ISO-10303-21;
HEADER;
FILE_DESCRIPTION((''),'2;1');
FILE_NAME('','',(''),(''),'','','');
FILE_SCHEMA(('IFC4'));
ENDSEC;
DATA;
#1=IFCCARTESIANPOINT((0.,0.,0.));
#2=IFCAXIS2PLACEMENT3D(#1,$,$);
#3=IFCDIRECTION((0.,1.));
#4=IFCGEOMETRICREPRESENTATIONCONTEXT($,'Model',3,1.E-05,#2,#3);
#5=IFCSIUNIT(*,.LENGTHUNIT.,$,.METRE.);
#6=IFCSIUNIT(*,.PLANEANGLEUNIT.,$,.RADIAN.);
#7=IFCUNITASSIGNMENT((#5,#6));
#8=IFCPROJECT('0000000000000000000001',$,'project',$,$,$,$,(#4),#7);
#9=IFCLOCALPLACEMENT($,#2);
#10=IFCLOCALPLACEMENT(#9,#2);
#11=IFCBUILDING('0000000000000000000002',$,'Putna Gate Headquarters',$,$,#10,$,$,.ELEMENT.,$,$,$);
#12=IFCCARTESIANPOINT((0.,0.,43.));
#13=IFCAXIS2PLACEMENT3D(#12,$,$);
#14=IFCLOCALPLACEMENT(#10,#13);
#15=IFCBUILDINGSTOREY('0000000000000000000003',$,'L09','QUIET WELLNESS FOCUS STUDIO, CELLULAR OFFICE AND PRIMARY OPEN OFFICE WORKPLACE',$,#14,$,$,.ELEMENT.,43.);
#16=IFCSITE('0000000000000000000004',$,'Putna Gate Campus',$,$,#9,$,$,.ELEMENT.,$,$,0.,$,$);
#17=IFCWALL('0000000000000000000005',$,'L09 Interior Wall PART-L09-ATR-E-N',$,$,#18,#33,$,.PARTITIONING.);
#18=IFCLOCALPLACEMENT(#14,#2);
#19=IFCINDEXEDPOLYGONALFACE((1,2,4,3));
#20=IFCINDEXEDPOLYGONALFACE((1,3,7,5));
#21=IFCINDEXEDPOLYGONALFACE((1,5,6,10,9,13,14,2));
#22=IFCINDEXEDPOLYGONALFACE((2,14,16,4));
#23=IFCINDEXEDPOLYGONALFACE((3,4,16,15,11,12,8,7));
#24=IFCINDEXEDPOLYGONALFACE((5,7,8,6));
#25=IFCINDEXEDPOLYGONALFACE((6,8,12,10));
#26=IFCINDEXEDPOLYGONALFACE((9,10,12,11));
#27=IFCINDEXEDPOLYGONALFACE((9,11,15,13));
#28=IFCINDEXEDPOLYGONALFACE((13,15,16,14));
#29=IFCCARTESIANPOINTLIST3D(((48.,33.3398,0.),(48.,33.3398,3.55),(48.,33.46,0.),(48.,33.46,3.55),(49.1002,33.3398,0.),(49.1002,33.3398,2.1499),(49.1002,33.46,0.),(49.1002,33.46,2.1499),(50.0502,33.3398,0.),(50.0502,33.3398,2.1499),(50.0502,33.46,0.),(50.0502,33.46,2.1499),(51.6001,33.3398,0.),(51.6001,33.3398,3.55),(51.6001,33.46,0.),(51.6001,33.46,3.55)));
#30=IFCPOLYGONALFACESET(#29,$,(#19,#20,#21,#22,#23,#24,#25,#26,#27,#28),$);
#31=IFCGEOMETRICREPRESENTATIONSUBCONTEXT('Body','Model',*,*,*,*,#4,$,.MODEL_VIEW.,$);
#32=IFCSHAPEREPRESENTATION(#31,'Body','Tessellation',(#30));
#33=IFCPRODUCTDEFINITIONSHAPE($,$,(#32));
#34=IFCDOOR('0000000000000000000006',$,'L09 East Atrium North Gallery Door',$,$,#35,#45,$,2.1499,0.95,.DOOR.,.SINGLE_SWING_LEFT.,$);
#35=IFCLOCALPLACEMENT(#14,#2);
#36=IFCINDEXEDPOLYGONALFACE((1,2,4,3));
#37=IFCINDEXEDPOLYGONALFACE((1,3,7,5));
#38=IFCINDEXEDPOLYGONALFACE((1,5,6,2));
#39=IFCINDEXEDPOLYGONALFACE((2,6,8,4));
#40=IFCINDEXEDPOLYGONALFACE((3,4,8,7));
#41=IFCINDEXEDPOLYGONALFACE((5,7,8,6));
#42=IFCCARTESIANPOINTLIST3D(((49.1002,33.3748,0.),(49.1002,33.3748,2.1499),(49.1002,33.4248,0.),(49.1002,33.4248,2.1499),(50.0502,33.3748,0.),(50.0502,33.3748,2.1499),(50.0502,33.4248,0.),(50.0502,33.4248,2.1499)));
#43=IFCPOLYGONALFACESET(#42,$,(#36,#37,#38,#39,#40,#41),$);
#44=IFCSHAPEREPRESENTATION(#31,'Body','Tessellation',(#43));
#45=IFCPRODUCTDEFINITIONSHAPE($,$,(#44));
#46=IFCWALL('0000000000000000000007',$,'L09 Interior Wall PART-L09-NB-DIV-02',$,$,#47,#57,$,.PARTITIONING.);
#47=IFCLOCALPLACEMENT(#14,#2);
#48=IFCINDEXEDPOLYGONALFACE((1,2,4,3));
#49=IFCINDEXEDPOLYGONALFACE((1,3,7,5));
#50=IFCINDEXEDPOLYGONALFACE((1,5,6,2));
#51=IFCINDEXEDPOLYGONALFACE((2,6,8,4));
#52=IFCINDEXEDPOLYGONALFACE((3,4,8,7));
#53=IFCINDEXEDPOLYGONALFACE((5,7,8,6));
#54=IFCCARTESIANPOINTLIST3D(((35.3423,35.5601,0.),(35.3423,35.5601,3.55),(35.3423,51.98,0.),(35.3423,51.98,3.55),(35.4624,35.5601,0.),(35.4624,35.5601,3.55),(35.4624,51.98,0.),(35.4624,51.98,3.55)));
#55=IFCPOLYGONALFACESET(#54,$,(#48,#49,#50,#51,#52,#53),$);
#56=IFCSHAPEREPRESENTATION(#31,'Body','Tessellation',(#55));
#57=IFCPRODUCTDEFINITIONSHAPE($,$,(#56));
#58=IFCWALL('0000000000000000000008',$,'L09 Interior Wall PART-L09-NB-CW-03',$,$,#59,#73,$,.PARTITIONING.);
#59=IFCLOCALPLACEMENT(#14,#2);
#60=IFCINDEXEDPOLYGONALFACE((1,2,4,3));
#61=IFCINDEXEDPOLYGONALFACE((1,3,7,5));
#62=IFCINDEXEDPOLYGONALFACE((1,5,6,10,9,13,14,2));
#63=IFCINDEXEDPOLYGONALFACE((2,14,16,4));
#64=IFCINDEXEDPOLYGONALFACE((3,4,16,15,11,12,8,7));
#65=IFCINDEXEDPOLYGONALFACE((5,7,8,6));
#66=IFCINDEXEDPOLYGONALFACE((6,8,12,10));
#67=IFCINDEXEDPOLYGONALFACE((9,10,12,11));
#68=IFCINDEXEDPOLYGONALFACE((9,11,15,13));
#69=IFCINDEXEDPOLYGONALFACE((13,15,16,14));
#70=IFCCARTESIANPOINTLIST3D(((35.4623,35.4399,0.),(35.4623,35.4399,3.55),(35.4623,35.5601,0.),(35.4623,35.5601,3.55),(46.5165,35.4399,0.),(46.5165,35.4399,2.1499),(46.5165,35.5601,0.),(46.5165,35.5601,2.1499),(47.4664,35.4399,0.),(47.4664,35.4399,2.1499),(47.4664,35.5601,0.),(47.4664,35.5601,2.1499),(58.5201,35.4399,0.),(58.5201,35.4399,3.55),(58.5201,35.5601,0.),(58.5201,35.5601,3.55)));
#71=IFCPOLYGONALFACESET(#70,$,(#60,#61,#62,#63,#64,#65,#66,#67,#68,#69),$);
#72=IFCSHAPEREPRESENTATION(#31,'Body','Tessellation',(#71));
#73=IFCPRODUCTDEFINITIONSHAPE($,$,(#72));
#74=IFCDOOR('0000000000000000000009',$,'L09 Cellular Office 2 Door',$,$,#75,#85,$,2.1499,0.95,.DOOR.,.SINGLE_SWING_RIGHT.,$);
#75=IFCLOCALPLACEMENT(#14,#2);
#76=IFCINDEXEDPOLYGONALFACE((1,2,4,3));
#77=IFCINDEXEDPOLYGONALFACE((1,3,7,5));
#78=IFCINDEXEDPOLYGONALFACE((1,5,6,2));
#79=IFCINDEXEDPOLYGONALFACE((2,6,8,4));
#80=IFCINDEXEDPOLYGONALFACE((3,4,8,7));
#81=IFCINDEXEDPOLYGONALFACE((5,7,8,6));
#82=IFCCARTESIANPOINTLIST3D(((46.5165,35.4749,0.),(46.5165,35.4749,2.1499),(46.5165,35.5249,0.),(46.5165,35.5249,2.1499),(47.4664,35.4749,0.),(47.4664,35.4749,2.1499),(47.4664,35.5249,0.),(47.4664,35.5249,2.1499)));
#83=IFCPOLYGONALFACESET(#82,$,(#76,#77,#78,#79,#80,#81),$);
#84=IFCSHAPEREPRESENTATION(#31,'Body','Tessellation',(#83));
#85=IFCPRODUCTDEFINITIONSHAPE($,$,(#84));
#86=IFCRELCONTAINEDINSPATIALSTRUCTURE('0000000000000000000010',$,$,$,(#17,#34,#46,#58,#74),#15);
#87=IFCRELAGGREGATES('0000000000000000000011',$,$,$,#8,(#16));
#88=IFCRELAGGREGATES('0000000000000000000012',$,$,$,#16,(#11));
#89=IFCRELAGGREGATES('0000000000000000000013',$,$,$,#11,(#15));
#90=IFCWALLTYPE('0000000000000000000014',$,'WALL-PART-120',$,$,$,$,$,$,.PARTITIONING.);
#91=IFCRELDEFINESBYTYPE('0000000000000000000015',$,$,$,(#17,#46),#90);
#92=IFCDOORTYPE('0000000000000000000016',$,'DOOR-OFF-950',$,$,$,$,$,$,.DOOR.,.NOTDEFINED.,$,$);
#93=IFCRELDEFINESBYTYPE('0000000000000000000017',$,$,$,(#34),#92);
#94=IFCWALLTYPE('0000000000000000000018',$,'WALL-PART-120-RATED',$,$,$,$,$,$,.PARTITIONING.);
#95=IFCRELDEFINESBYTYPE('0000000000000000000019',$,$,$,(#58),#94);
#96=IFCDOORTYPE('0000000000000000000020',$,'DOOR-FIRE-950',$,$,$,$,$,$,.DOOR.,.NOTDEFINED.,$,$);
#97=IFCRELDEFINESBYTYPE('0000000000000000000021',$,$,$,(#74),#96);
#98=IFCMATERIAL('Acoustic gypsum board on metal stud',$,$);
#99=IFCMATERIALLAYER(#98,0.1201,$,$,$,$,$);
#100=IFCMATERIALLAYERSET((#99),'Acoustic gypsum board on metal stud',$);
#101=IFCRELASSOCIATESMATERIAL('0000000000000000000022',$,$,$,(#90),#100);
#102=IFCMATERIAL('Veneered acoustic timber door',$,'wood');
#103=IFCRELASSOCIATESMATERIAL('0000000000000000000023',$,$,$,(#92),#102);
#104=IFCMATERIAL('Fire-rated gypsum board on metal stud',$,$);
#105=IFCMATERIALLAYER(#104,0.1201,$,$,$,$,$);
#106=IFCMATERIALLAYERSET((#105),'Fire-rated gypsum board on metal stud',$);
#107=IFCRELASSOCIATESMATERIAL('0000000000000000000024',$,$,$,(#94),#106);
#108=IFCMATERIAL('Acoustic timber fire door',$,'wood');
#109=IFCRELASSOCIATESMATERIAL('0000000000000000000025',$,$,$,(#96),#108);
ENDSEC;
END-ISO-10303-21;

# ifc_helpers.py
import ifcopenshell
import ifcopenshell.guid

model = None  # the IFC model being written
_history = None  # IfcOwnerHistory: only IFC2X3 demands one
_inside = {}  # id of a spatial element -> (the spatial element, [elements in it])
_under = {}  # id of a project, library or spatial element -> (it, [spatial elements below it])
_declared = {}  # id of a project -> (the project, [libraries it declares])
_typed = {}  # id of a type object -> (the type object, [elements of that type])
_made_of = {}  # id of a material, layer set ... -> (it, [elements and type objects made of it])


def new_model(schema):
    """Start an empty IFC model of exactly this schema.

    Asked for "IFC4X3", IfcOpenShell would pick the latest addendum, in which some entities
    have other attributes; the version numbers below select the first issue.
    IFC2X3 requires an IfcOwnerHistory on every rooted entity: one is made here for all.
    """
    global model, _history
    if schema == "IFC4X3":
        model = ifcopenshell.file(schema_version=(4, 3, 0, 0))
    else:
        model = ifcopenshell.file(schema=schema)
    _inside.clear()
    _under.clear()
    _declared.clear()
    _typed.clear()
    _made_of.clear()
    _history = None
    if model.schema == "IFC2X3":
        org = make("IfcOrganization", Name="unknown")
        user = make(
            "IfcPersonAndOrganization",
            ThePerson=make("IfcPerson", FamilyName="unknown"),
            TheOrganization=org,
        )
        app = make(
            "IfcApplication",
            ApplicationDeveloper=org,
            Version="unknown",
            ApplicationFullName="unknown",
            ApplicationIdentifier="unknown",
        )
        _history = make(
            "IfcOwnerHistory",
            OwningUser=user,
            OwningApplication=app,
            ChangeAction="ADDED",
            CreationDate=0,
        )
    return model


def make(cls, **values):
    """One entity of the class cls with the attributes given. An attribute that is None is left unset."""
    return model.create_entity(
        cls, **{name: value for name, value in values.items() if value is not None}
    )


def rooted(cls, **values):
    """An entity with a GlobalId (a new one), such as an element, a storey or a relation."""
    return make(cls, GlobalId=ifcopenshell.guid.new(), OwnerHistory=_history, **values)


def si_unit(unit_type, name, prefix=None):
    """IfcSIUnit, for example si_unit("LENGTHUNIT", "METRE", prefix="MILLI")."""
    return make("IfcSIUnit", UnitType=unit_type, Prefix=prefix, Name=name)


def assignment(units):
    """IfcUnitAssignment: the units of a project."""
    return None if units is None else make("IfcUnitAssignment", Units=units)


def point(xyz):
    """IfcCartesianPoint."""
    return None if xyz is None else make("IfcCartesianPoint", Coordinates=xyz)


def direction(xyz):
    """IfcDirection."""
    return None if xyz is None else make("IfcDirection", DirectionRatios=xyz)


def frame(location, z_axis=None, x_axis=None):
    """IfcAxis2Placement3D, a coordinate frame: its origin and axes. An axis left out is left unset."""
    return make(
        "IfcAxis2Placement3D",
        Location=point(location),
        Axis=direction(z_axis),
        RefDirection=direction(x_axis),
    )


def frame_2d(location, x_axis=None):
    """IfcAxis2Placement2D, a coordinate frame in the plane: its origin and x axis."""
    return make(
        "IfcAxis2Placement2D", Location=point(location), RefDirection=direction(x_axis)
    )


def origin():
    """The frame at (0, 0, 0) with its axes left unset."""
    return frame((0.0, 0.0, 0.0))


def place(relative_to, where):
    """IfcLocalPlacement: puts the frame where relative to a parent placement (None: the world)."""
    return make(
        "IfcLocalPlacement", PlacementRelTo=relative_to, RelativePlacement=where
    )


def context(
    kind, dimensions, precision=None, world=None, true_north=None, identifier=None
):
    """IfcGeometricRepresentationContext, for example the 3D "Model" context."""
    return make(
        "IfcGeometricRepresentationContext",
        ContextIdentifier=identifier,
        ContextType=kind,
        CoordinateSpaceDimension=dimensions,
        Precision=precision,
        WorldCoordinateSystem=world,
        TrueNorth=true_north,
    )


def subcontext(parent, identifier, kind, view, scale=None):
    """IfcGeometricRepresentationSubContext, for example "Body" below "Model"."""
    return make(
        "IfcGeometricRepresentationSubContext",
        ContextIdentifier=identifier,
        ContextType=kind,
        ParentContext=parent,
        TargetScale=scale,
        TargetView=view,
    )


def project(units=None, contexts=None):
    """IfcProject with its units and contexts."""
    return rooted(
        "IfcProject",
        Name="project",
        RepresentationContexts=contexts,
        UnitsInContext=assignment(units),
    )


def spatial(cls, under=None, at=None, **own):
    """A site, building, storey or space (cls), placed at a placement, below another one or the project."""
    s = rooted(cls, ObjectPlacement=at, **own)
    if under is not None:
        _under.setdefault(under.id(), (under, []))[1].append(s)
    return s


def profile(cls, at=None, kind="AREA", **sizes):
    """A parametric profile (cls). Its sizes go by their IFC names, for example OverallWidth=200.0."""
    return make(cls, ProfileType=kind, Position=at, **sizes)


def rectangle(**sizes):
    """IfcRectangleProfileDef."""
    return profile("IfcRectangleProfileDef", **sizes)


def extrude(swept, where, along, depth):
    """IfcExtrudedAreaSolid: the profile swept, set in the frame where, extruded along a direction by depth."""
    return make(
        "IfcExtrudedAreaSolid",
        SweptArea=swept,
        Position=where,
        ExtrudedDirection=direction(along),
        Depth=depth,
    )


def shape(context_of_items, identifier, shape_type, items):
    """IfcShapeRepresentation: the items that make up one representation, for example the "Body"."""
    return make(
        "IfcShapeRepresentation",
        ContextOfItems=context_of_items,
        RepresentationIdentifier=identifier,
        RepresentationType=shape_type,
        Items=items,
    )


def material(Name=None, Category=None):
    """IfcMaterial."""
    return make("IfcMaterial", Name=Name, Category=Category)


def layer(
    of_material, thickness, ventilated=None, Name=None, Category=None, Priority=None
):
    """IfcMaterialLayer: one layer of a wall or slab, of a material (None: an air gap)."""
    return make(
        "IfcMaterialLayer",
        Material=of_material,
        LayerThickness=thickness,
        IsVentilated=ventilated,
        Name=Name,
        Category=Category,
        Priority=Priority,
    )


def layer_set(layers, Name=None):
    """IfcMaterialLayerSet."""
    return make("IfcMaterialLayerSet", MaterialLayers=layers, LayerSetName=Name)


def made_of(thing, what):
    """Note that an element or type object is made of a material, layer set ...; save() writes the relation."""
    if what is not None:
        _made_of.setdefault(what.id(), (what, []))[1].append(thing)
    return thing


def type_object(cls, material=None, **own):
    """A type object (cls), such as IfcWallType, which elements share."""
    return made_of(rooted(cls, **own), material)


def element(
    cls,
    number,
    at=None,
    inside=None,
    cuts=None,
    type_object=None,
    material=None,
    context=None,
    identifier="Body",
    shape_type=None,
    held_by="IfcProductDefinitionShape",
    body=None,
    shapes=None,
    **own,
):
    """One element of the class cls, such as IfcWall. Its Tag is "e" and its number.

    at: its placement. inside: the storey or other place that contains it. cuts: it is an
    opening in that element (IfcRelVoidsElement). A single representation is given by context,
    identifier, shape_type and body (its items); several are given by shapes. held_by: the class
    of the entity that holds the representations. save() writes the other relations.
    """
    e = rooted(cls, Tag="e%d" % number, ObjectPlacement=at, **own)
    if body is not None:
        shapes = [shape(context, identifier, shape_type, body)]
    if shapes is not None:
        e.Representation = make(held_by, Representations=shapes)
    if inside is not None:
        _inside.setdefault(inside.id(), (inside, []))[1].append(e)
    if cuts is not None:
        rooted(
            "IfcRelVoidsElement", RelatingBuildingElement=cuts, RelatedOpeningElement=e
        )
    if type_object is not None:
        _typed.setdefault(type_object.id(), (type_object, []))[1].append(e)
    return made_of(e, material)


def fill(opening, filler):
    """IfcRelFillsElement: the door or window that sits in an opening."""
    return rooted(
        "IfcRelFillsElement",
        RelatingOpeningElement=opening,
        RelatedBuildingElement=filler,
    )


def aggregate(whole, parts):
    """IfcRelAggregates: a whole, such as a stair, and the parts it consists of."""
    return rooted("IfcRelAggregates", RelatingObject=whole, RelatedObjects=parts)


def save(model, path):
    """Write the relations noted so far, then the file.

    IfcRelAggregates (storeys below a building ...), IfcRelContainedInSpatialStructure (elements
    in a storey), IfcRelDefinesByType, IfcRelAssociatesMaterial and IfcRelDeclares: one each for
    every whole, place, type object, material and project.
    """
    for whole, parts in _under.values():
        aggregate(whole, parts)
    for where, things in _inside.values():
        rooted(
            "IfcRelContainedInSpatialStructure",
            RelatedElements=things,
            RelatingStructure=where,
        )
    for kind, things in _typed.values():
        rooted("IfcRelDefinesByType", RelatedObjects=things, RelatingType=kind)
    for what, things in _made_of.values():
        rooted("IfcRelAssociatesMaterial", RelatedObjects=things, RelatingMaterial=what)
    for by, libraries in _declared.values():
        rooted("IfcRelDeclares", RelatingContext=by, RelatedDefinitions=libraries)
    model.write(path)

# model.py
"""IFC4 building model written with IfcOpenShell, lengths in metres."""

from ifc_helpers import new_model, si_unit, direction, frame, frame_2d, origin, place, context, subcontext, project, spatial, rectangle, extrude, material, layer, layer_set, type_object, element, fill, save


model = new_model("IFC4")

# Units and contexts
model_context = context("Model", 3, precision=1e-05, world=origin(), true_north=direction((0.0, 1.0)))
body_context = subcontext(model_context, "Body", "Model", "MODEL_VIEW")
ifc_project = project(units=[si_unit("LENGTHUNIT", "METRE"), si_unit("PLANEANGLEUNIT", "RADIAN")], contexts=[model_context])

# Site, building, storey
site_placement = place(None, origin())
site = spatial("IfcSite", under=ifc_project, at=site_placement, Name="Putna Gate Campus", CompositionType="ELEMENT", RefElevation=0.0)
building_placement = place(site_placement, origin())
building = spatial("IfcBuilding", under=site, at=building_placement, Name="Putna Gate Headquarters", CompositionType="ELEMENT")
storey_placement = place(building_placement, frame((0.0, 0.0, 43.0)))
storey = spatial("IfcBuildingStorey", under=building, at=storey_placement, Name="L09", Description="QUIET WELLNESS FOCUS STUDIO, CELLULAR OFFICE AND PRIMARY OPEN OFFICE WORKPLACE", CompositionType="ELEMENT", Elevation=43.0)

# Shared definitions
ifc_material_1 = material(Name="Acoustic gypsum board on metal stud")
ifc_layer_1 = layer(ifc_material_1, 0.1201)
ifc_layer_set_1 = layer_set([ifc_layer_1], Name="Acoustic gypsum board on metal stud")
wall_type_1 = type_object("IfcWallType", Name="WALL-PART-120", PredefinedType="PARTITIONING", material=ifc_layer_set_1)

# Wall, opening, door
wall_1_placement = place(storey_placement, frame((48.0, 33.3999, 0.0), z_axis=(0.0, 0.0, 1.0), x_axis=(1.0, 0.0, 0.0)))
wall_1 = element("IfcWall", 1, at=wall_1_placement, inside=storey, type_object=wall_type_1, Name="L09 Interior Wall PART-L09-ATR-E-N", PredefinedType="PARTITIONING", context=body_context, shape_type="SweptSolid", body=[
    extrude(rectangle(XDim=3.6001, YDim=0.1201, at=frame_2d((1.8, 0.0))), origin(), (0.0, 0.0, 1.0), 3.55),
])
opening_1_placement = place(wall_1_placement, frame((1.1001, 0.0, 0.0)))
opening_1 = element("IfcOpeningElement", 2, at=opening_1_placement, cuts=wall_1, PredefinedType="OPENING", context=body_context, shape_type="SweptSolid", body=[
    extrude(rectangle(XDim=0.95, YDim=2.1499, at=frame_2d((0.4751, 1.075))), frame((0.0, 0.0701, 0.0), z_axis=(0.0, -1.0, 0.0), x_axis=(1.0, 0.0, 0.0)), (0.0, 0.0, 1.0), 0.1401),
])
ifc_material_2 = material(Name="Veneered acoustic timber door", Category="wood")
door_type_1 = type_object("IfcDoorType", Name="DOOR-OFF-950", OperationType="NOTDEFINED", PredefinedType="DOOR", material=ifc_material_2)
door_1_placement = place(opening_1_placement, origin())
door_1 = element("IfcDoor", 3, at=door_1_placement, inside=storey, type_object=door_type_1, Name="L09 East Atrium North Gallery Door", OperationType="SINGLE_SWING_LEFT", OverallHeight=2.1499, OverallWidth=0.95, PredefinedType="DOOR", context=body_context, shape_type="SweptSolid", body=[
    extrude(rectangle(XDim=0.95, YDim=2.1499, at=frame_2d((0.4751, 1.075))), frame((0.0, 0.0249, 0.0), z_axis=(0.0, -1.0, 0.0), x_axis=(1.0, 0.0, 0.0)), (0.0, 0.0, 1.0), 0.05),
])
fill(opening_1, door_1)

# Wall
wall_2_placement = place(storey_placement, frame((35.4023, 35.5601, 0.0), z_axis=(0.0, 0.0, 1.0), x_axis=(0.0, 1.0, 0.0)))
element("IfcWall", 4, at=wall_2_placement, inside=storey, type_object=wall_type_1, Name="L09 Interior Wall PART-L09-NB-DIV-02", PredefinedType="PARTITIONING", context=body_context, shape_type="SweptSolid", body=[
    extrude(rectangle(XDim=16.4199, YDim=0.1201, at=frame_2d((8.21, 0.0))), origin(), (0.0, 0.0, 1.0), 3.55),
])

# Wall, opening, door
ifc_material_3 = material(Name="Fire-rated gypsum board on metal stud")
ifc_layer_2 = layer(ifc_material_3, 0.1201)
ifc_layer_set_2 = layer_set([ifc_layer_2], Name="Fire-rated gypsum board on metal stud")
wall_type_2 = type_object("IfcWallType", Name="WALL-PART-120-RATED", PredefinedType="PARTITIONING", material=ifc_layer_set_2)
wall_3_placement = place(storey_placement, frame((35.4624, 35.5, 0.0), z_axis=(0.0, 0.0, 1.0), x_axis=(1.0, 0.0, 0.0)))
wall_3 = element("IfcWall", 5, at=wall_3_placement, inside=storey, type_object=wall_type_2, Name="L09 Interior Wall PART-L09-NB-CW-03", PredefinedType="PARTITIONING", context=body_context, shape_type="SweptSolid", body=[
    extrude(rectangle(XDim=23.0579, YDim=0.1201, at=frame_2d((11.5288, 0.0))), origin(), (0.0, 0.0, 1.0), 3.55),
])
opening_2_placement = place(wall_3_placement, frame((11.054, 0.0, 0.0)))
opening_2 = element("IfcOpeningElement", 6, at=opening_2_placement, cuts=wall_3, PredefinedType="OPENING", context=body_context, shape_type="SweptSolid", body=[
    extrude(rectangle(XDim=0.95, YDim=2.1499, at=frame_2d((0.4751, 1.075))), frame((0.0, 0.0701, 0.0), z_axis=(0.0, -1.0, 0.0), x_axis=(1.0, 0.0, 0.0)), (0.0, 0.0, 1.0), 0.1401),
])
ifc_material_4 = material(Name="Acoustic timber fire door", Category="wood")
door_type_2 = type_object("IfcDoorType", Name="DOOR-FIRE-950", OperationType="NOTDEFINED", PredefinedType="DOOR", material=ifc_material_4)
door_2_placement = place(opening_2_placement, origin())
door_2 = element("IfcDoor", 7, at=door_2_placement, inside=storey, type_object=door_type_2, Name="L09 Cellular Office 2 Door", OperationType="SINGLE_SWING_RIGHT", OverallHeight=2.1499, OverallWidth=0.95, PredefinedType="DOOR", context=body_context, shape_type="SweptSolid", body=[
    extrude(rectangle(XDim=0.95, YDim=2.1499, at=frame_2d((0.4751, 1.075))), frame((0.0, 0.0249, 0.0), z_axis=(0.0, -1.0, 0.0), x_axis=(1.0, 0.0, 0.0)), (0.0, 0.0, 1.0), 0.05),
])
fill(opening_2, door_2)

save(model, "model.ifc")
